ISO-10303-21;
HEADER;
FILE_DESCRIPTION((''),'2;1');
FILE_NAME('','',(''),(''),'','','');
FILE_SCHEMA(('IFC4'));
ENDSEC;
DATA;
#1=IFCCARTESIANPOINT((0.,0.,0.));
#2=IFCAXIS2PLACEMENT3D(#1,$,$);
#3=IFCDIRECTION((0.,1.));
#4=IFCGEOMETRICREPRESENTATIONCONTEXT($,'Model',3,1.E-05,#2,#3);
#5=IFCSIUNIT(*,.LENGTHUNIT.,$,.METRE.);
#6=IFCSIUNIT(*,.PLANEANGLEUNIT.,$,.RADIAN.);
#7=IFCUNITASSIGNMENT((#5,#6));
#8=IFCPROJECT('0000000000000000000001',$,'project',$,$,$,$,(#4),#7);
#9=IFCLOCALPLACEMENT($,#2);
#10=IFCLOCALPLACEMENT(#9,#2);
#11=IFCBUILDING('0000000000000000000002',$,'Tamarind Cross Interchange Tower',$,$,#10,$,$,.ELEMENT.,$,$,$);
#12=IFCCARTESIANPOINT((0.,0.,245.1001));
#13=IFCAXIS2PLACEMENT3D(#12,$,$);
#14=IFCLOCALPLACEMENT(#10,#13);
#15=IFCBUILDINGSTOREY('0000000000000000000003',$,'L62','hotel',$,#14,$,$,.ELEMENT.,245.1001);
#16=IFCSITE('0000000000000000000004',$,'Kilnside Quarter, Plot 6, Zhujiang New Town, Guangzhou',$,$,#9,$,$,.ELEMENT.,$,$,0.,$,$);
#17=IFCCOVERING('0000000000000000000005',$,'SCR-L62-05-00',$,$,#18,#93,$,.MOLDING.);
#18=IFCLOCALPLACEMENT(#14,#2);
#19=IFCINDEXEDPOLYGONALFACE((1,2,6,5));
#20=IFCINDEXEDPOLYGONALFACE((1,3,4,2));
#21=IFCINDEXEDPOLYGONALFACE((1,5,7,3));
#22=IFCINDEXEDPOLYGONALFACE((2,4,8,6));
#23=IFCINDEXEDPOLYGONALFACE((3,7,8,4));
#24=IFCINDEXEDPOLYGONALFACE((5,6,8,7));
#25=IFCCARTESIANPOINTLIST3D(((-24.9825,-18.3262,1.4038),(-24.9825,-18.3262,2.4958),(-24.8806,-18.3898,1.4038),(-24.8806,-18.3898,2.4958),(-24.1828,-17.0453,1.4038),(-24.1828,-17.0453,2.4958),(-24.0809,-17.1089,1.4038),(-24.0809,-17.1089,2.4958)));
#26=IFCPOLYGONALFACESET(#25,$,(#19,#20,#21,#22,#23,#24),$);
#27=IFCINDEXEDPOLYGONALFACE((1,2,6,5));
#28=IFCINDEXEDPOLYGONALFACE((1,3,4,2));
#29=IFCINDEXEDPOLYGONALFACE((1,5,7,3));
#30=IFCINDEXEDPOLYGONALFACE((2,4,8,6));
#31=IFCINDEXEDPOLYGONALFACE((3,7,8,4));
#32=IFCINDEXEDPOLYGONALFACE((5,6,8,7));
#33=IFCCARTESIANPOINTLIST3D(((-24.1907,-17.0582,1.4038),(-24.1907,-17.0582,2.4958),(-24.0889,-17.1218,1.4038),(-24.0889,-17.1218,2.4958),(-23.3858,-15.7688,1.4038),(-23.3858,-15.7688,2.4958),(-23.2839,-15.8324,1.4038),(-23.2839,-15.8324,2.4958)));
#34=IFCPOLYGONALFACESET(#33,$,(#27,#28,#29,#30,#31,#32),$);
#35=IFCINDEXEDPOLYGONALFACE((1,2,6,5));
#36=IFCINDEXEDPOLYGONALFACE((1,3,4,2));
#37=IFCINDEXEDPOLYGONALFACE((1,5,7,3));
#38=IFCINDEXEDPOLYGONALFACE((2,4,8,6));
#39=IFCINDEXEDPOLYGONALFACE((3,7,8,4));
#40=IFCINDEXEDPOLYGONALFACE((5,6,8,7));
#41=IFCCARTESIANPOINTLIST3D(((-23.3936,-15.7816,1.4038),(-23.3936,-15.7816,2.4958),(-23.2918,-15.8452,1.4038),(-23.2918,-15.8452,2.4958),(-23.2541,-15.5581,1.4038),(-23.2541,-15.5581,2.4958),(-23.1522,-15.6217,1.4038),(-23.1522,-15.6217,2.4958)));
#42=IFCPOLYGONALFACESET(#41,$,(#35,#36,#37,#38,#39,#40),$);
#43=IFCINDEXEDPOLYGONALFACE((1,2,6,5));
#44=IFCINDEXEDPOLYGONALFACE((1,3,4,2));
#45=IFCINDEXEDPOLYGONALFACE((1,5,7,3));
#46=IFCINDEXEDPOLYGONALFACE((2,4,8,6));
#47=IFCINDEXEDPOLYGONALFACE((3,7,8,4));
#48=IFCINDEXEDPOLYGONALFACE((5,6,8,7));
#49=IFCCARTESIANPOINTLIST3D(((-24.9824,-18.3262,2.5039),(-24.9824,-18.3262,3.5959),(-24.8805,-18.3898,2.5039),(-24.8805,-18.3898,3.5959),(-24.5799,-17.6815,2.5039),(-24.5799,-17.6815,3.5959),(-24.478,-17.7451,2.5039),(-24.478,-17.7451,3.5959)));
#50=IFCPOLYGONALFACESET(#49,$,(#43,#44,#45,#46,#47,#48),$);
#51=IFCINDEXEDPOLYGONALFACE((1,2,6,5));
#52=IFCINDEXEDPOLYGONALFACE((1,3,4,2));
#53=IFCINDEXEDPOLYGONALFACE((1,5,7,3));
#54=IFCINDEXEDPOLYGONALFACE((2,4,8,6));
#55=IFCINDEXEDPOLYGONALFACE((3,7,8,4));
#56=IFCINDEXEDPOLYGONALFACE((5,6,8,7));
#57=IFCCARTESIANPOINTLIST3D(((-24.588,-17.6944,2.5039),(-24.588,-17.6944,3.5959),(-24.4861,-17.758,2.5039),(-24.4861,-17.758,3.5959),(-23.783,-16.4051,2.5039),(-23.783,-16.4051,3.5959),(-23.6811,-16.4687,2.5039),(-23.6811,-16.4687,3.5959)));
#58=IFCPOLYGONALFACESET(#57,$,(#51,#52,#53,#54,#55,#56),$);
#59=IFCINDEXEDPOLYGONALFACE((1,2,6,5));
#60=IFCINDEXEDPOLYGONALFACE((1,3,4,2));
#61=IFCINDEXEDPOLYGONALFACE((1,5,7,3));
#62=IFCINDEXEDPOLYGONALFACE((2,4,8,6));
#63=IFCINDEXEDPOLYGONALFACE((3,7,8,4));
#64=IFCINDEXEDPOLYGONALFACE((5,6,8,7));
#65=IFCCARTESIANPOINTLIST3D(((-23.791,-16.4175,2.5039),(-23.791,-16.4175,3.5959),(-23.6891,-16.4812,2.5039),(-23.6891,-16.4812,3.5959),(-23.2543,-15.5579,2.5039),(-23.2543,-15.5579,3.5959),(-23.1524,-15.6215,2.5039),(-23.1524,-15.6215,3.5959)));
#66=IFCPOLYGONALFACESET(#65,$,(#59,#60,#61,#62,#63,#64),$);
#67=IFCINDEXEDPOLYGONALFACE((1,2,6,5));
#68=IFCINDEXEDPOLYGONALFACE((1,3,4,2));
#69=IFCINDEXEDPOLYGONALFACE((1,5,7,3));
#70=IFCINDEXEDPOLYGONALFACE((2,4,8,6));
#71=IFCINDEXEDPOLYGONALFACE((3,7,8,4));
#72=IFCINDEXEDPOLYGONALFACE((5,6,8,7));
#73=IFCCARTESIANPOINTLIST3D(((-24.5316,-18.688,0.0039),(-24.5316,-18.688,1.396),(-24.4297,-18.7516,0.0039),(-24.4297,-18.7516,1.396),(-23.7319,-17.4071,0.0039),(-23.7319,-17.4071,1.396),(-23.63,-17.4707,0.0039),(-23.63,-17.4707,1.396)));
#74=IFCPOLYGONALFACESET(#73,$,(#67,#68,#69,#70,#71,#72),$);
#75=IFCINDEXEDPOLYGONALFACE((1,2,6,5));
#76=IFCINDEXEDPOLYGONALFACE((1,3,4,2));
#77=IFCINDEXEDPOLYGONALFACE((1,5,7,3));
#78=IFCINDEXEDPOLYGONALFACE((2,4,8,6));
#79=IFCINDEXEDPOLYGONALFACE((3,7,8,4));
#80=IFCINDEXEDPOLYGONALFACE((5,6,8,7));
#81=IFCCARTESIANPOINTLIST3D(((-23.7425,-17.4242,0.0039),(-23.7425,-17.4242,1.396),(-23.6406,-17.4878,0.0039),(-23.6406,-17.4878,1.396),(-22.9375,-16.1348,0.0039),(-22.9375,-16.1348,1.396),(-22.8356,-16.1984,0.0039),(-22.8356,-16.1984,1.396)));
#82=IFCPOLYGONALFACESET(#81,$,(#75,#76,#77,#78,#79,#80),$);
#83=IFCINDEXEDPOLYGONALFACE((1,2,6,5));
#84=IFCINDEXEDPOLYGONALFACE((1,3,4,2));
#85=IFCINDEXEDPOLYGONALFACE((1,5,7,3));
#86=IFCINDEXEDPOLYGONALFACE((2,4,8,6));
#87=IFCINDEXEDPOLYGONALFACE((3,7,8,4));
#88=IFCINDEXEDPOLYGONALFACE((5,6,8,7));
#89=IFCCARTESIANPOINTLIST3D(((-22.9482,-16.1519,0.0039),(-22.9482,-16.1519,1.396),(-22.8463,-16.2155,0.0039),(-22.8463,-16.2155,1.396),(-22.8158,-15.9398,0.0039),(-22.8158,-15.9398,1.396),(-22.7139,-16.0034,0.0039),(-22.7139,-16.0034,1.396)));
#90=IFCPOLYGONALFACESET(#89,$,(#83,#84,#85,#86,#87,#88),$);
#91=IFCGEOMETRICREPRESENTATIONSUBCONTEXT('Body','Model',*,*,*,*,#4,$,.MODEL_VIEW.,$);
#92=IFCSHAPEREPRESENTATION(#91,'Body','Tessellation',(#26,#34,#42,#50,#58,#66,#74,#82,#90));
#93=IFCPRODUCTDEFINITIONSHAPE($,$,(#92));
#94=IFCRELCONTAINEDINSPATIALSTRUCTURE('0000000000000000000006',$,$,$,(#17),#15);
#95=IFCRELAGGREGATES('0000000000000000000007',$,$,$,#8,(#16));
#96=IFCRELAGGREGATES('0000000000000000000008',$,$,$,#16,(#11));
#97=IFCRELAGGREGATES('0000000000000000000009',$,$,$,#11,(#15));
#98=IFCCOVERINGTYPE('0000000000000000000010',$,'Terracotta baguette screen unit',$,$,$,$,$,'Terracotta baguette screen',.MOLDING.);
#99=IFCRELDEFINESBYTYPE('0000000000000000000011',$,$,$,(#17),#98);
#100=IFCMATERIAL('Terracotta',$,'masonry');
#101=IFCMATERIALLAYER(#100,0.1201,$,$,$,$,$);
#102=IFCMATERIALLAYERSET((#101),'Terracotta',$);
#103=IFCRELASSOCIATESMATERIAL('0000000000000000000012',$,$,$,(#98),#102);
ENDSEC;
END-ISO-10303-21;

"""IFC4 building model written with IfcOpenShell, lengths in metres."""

from ifc_helpers import new_model, si_unit, direction, frame, origin, origin_2d, place, context, subcontext, project, spatial, rectangle, extrude, material, layer, layer_set, type_object, element, save


model = new_model("IFC4")

# Units and contexts
model_context = context("Model", 3, precision=1e-05, world=origin(), true_north=direction((0.0, 1.0)))
body_context = subcontext(model_context, "Body", "Model", "MODEL_VIEW")
ifc_project = project(units=[si_unit("LENGTHUNIT", "METRE"), si_unit("PLANEANGLEUNIT", "RADIAN")], contexts=[model_context])

# Site, building, storey
site_placement = place(None, origin())
site = spatial("IfcSite", under=ifc_project, at=site_placement, Name="Kilnside Quarter, Plot 6, Zhujiang New Town, Guangzhou", CompositionType="ELEMENT", RefElevation=0.0)
building_placement = place(site_placement, origin())
building = spatial("IfcBuilding", under=site, at=building_placement, Name="Tamarind Cross Interchange Tower", CompositionType="ELEMENT")
storey_placement = place(building_placement, frame((0.0, 0.0, 245.1001)))
storey = spatial("IfcBuildingStorey", under=building, at=storey_placement, Name="L62", Description="hotel", CompositionType="ELEMENT", Elevation=245.1001)

# Covering
ifc_material_1 = material(Name="Terracotta", Category="masonry")
ifc_layer_1 = layer(ifc_material_1, 0.1201)
ifc_layer_set_1 = layer_set([ifc_layer_1], Name="Terracotta")
covering_type = type_object("IfcCoveringType", Name="Terracotta baguette screen unit", ElementType="Terracotta baguette screen", PredefinedType="MOLDING", material=ifc_layer_set_1)
covering_1_placement = place(storey_placement, origin())
element("IfcCovering", 1, at=covering_1_placement, inside=storey, type_object=covering_type, Name="SCR-L62-05-00", PredefinedType="MOLDING", context=body_context, shape_type="SweptSolid", body=[
    extrude(rectangle(XDim=1.51, YDim=0.1201, at=origin_2d()), frame((-24.5317, -17.7175, 1.4038), z_axis=(0.0, 0.0, 1.0), x_axis=(0.529593, 0.848252, 0.0)), (0.0, 0.0, 1.0), 1.092),
    extrude(rectangle(XDim=1.52, YDim=0.1201, at=origin_2d()), frame((-23.7373, -16.4453, 1.4038), z_axis=(0.0, 0.0, 1.0), x_axis=(0.529593, 0.848252, 0.0)), (0.0, 0.0, 1.0), 1.092),
    extrude(rectangle(XDim=0.2634, YDim=0.1201, at=origin_2d()), frame((-23.2729, -15.7017, 1.4038), z_axis=(0.0, 0.0, 1.0), x_axis=(0.529593, 0.848252, 0.0)), (0.0, 0.0, 1.0), 1.092),
    extrude(rectangle(XDim=0.76, YDim=0.1201, at=origin_2d()), frame((-24.7302, -18.0356, 2.5039), z_axis=(0.0, 0.0, 1.0), x_axis=(0.529593, 0.848252, 0.0)), (0.0, 0.0, 1.0), 1.092),
    extrude(rectangle(XDim=1.52, YDim=0.1201, at=origin_2d()), frame((-24.1345, -17.0815, 2.5039), z_axis=(0.0, 0.0, 1.0), x_axis=(0.529593, 0.848252, 0.0)), (0.0, 0.0, 1.0), 1.092),
    extrude(rectangle(XDim=1.0134, YDim=0.1201, at=origin_2d()), frame((-23.4717, -16.0195, 2.5039), z_axis=(0.0, 0.0, 1.0), x_axis=(0.529593, 0.848252, 0.0)), (0.0, 0.0, 1.0), 1.092),
    extrude(rectangle(XDim=1.51, YDim=0.1201, at=origin_2d()), frame((-24.0808, -18.0793, 0.0039), z_axis=(0.0, 0.0, 1.0), x_axis=(0.529593, 0.848252, 0.0)), (0.0, 0.0, 1.0), 1.3921),
    extrude(rectangle(XDim=1.52, YDim=0.1201, at=origin_2d()), frame((-23.2891, -16.8113, 0.0039), z_axis=(0.0, 0.0, 1.0), x_axis=(0.529593, 0.848252, 0.0)), (0.0, 0.0, 1.0), 1.3921),
    extrude(rectangle(XDim=0.25, YDim=0.1201, at=origin_2d()), frame((-22.8311, -16.0776, 0.0039), z_axis=(0.0, 0.0, 1.0), x_axis=(0.529593, 0.848252, 0.0)), (0.0, 0.0, 1.0), 1.3921),
])

save(model, "model.ifc")
